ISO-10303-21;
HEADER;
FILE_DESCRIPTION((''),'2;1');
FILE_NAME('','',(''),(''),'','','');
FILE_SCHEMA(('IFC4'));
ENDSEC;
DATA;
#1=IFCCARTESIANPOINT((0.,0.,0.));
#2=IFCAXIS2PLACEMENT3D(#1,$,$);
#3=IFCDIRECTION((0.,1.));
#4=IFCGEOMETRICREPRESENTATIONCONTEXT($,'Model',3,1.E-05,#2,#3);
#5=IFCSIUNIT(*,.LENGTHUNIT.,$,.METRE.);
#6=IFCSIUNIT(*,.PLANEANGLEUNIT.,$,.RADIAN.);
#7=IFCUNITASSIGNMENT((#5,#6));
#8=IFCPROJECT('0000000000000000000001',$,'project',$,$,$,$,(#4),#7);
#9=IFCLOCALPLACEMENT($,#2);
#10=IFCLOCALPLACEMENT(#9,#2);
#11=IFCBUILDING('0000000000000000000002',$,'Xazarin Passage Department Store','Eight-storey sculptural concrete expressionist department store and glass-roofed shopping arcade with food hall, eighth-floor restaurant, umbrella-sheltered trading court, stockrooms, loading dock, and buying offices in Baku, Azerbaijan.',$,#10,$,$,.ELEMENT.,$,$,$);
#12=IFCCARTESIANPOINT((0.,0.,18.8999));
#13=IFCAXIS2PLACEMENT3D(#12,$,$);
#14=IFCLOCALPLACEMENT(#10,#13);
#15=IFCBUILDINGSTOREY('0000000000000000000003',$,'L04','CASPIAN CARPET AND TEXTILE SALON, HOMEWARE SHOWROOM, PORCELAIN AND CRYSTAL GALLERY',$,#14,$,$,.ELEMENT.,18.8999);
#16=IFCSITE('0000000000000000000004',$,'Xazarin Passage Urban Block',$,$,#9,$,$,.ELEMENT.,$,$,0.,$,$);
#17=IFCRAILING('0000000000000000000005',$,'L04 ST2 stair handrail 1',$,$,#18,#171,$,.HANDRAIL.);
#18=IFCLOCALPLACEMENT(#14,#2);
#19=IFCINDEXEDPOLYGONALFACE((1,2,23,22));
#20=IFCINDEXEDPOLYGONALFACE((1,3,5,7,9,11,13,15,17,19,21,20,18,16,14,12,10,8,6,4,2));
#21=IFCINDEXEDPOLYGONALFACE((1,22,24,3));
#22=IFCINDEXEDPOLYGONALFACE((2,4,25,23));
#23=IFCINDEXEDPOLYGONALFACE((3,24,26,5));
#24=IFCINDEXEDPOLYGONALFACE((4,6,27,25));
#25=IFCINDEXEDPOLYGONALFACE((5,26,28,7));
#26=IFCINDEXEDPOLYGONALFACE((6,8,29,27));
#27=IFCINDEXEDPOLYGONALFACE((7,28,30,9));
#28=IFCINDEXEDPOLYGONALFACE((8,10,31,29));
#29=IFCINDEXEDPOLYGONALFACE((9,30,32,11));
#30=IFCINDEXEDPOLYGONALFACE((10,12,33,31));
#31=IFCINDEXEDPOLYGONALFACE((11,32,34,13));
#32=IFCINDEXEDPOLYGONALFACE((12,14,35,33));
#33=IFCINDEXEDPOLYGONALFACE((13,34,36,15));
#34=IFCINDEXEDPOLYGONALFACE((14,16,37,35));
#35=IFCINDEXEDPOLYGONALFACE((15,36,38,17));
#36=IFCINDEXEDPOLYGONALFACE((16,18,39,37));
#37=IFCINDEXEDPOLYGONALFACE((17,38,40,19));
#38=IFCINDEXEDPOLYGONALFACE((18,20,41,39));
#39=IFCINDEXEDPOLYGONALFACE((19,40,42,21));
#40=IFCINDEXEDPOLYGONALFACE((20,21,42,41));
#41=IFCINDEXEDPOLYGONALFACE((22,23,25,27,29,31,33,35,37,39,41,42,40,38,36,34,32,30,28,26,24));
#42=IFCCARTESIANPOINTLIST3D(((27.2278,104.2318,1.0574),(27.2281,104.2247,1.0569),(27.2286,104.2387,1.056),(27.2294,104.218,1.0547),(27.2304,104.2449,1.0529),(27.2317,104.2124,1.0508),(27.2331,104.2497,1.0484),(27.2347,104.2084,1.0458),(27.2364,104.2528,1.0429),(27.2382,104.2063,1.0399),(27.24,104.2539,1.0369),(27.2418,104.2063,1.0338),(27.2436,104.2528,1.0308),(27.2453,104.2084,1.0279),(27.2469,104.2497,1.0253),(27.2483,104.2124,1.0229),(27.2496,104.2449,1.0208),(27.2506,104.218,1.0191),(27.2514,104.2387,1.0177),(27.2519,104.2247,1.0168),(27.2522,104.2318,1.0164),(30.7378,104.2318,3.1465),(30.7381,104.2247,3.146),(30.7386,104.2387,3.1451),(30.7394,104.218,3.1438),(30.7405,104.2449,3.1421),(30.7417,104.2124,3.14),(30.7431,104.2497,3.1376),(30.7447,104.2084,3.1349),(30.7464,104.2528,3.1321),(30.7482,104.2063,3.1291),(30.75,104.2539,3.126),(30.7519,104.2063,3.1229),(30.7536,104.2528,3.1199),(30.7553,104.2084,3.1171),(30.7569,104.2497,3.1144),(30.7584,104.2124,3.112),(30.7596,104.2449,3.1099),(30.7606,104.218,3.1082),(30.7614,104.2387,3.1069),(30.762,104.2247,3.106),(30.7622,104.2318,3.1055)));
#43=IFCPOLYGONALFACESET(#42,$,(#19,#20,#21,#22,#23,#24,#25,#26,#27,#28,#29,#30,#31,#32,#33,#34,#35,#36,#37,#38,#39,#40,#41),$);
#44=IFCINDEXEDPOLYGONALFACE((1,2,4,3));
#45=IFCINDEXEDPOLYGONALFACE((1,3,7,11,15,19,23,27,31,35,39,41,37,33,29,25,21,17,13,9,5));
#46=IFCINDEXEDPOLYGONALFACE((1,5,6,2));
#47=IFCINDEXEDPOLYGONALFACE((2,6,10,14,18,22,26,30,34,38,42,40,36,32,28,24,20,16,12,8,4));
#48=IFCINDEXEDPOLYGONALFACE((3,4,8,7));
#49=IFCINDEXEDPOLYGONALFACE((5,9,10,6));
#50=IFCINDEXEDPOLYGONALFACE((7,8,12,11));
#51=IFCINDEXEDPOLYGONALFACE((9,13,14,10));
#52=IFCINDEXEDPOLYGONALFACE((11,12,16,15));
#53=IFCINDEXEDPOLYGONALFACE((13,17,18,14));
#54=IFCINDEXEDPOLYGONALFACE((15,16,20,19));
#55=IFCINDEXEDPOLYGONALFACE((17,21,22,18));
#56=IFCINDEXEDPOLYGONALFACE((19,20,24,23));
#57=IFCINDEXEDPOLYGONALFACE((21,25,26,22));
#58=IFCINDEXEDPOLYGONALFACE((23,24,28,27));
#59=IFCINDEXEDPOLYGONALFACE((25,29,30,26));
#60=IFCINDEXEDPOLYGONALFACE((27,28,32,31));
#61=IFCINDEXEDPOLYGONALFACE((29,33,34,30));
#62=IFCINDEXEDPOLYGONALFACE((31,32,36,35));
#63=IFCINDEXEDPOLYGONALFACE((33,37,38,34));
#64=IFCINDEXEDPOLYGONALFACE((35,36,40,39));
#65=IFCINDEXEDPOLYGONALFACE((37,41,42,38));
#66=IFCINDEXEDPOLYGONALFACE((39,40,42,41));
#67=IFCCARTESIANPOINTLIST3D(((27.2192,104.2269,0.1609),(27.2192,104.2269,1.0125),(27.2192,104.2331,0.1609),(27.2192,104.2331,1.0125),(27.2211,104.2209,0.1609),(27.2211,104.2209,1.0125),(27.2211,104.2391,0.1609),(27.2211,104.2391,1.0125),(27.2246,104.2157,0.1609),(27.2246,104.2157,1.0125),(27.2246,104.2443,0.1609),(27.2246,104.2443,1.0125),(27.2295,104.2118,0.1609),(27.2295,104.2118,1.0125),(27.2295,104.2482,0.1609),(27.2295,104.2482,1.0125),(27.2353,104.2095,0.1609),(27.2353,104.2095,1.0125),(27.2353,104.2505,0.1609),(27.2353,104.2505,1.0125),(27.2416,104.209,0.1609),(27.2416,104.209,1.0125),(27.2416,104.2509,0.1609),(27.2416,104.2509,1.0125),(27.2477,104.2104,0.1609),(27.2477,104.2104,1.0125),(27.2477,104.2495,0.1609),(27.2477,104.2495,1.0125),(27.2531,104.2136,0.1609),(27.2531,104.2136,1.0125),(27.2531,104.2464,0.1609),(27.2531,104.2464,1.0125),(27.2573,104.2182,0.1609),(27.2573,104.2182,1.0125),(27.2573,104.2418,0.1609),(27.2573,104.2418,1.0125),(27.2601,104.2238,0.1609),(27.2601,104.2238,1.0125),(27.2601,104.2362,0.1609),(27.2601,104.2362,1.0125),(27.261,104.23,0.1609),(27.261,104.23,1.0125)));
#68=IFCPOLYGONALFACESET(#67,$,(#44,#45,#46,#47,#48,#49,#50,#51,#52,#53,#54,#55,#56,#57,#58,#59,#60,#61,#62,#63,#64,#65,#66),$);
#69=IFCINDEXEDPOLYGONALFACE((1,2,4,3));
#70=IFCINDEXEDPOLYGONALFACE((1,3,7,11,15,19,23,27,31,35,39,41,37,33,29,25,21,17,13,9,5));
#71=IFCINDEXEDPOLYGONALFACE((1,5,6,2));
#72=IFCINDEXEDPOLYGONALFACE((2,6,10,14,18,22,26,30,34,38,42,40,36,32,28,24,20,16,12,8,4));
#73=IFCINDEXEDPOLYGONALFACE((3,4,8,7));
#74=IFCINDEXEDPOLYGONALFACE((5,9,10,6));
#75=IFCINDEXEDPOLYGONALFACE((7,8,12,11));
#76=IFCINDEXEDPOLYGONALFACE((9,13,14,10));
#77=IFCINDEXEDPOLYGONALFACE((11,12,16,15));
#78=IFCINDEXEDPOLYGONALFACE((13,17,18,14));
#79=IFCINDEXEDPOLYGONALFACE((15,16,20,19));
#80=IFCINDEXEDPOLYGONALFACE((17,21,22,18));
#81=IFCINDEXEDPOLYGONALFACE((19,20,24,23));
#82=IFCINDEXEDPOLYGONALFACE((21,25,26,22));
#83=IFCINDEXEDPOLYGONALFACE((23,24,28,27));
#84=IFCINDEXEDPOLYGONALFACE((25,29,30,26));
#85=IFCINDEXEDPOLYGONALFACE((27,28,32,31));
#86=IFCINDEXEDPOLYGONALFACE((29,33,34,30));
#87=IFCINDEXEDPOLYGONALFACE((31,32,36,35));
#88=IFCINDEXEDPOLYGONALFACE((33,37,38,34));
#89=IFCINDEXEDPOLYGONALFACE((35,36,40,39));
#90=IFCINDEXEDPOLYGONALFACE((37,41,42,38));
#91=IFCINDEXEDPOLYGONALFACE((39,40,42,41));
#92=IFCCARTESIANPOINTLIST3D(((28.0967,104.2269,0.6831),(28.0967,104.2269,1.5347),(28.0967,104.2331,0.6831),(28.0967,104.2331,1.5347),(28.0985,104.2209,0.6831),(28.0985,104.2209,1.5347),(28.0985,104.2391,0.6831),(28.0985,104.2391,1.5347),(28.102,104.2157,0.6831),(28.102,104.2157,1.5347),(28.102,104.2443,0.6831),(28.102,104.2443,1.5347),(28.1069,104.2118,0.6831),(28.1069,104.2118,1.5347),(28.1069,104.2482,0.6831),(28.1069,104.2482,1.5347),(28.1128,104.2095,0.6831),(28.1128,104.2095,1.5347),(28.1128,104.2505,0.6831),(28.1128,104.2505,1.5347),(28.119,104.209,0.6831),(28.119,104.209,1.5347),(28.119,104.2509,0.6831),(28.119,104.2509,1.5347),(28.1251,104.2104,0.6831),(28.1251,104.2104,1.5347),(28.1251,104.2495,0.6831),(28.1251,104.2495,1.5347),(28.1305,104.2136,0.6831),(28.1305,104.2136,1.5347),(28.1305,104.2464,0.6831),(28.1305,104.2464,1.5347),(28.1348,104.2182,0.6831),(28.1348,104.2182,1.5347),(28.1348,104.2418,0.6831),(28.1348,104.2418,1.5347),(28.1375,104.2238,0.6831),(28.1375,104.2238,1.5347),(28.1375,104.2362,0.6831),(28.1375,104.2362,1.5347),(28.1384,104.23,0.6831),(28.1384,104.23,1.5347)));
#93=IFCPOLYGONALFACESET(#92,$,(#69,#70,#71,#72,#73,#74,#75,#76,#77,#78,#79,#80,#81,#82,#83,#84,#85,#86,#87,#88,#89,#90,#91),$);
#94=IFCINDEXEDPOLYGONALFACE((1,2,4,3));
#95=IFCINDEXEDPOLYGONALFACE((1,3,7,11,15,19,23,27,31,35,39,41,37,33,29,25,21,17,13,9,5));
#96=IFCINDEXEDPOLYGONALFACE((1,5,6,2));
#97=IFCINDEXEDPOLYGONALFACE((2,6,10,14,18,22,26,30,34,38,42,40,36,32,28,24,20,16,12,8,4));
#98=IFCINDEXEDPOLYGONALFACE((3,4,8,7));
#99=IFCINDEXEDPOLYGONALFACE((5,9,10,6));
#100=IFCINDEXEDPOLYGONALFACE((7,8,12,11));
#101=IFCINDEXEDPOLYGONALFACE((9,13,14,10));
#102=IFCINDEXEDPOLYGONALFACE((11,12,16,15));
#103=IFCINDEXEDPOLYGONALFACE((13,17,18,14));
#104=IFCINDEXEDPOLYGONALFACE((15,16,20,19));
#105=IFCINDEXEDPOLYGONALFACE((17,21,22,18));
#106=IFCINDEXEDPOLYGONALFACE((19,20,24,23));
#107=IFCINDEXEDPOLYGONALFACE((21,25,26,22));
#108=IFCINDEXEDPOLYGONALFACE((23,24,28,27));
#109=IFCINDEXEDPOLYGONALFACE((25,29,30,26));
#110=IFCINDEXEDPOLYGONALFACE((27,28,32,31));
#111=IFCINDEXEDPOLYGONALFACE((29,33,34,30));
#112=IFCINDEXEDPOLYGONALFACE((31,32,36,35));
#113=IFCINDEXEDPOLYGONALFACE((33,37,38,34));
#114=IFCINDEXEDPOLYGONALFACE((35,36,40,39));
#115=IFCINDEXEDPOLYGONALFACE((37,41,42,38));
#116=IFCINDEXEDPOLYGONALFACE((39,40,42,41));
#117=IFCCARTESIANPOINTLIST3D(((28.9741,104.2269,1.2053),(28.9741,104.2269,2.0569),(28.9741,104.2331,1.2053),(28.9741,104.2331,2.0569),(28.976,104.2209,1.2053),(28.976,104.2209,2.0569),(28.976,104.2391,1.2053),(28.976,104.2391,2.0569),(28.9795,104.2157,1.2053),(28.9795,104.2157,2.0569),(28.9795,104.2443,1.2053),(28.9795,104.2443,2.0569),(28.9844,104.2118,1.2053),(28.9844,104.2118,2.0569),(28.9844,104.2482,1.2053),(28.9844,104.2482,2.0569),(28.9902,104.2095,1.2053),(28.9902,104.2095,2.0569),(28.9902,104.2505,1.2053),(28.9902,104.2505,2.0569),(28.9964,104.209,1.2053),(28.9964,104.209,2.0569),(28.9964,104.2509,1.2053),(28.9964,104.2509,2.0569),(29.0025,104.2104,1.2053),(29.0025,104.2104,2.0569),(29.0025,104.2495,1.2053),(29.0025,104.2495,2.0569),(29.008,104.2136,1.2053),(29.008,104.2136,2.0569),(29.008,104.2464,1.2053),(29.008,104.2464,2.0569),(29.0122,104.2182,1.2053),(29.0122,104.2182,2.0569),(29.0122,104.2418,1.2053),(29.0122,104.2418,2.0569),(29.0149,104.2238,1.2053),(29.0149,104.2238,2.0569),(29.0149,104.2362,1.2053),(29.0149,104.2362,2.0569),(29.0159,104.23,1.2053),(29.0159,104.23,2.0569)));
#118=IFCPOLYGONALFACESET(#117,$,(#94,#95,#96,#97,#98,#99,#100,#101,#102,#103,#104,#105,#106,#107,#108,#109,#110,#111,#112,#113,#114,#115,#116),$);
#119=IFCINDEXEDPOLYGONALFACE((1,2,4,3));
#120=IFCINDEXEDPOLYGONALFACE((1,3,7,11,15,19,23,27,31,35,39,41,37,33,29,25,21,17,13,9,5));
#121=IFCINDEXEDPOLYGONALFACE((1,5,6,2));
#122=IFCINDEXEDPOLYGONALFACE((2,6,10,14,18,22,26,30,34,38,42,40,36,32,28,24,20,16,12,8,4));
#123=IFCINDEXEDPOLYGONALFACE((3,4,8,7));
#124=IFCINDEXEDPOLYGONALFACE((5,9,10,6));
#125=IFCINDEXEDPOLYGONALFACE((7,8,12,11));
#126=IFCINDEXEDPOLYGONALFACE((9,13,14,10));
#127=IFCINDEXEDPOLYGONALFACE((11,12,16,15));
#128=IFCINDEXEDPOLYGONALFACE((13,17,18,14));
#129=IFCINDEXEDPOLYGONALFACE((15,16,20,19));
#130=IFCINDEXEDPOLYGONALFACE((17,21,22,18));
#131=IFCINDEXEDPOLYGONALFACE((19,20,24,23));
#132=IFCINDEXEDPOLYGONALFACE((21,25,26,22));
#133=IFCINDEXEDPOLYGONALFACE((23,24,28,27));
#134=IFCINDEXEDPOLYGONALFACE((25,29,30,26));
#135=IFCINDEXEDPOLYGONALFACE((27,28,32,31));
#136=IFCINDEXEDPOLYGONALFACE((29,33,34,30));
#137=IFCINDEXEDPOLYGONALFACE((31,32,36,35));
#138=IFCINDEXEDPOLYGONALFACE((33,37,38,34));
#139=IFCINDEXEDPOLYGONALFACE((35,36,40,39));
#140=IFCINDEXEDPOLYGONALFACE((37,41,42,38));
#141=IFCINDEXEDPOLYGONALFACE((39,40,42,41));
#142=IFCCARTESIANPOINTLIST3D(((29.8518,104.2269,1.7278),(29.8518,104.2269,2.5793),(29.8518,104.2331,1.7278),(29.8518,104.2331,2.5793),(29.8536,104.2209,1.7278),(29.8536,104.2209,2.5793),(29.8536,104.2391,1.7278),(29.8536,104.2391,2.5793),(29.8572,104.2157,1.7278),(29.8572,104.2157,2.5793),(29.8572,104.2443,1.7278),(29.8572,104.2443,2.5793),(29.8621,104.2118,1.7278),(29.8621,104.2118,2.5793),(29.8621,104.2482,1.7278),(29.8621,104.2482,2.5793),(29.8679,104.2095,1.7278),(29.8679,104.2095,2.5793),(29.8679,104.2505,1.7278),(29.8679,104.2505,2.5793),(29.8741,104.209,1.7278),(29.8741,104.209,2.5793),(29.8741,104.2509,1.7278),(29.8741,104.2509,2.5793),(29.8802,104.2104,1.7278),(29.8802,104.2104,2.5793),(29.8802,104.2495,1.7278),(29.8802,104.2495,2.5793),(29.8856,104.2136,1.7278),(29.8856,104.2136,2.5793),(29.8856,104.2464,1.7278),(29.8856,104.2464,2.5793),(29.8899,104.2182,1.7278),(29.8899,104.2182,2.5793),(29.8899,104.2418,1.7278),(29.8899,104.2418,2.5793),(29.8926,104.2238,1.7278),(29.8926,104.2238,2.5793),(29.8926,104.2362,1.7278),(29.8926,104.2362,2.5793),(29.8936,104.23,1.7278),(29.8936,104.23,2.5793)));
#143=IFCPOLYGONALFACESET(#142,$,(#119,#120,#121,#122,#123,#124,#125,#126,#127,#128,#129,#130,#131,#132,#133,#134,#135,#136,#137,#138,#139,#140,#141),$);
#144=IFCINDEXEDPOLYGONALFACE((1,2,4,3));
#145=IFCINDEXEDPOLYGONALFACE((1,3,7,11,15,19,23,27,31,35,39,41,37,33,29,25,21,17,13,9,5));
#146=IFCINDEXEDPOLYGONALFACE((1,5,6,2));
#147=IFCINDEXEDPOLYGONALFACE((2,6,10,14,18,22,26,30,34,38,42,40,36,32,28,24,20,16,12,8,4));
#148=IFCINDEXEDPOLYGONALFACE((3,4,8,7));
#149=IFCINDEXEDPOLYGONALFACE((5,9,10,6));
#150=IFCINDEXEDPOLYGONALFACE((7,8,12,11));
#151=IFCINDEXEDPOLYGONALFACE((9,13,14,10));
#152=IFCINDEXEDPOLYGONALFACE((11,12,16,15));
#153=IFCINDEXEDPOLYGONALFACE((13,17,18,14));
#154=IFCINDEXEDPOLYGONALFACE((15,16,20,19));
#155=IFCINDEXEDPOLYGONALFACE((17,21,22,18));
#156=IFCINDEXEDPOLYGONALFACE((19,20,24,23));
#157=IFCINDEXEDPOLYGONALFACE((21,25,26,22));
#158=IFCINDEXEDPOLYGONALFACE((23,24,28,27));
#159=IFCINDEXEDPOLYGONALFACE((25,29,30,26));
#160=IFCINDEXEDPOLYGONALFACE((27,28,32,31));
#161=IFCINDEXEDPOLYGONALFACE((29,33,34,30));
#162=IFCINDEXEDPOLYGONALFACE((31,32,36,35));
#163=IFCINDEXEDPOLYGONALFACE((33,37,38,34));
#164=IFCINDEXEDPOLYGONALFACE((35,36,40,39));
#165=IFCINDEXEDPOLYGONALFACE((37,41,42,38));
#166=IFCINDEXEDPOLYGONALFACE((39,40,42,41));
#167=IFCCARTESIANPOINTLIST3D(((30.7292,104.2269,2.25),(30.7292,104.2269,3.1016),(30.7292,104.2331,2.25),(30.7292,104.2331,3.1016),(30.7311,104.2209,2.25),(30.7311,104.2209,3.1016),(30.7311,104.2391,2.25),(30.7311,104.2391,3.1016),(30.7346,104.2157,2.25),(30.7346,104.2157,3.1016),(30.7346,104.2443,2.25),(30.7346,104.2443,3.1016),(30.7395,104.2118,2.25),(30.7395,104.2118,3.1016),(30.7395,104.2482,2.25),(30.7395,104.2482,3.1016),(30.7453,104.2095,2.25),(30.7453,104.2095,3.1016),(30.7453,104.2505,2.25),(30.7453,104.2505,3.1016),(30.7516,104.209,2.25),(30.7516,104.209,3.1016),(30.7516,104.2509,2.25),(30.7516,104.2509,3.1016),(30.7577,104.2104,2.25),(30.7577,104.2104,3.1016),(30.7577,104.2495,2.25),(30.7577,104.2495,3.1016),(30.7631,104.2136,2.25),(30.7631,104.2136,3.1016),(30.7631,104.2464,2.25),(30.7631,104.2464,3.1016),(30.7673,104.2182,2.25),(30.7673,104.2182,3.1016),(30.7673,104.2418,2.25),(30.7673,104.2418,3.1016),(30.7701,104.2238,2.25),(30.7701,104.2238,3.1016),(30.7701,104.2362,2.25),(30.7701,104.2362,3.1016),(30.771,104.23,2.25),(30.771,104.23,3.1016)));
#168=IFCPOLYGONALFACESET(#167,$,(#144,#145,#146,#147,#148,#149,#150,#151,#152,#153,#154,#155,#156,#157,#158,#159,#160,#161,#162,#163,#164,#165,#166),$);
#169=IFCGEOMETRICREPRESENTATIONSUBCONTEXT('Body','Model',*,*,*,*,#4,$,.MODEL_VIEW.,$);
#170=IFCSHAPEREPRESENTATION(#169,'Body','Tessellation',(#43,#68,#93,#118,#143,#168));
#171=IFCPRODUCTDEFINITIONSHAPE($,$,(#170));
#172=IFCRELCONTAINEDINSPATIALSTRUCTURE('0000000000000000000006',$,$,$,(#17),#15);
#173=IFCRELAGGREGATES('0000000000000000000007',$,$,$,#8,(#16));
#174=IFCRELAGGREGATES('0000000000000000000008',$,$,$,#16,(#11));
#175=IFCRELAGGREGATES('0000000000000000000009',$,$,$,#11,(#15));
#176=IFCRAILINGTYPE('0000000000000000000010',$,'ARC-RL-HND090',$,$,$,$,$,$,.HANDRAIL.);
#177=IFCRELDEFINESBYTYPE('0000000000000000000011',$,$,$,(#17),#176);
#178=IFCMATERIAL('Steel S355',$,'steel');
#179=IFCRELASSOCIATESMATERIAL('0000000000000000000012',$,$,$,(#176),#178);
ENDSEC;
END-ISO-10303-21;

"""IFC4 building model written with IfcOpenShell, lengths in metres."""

from ifc_helpers import new_model, si_unit, direction, frame, origin, origin_2d, place, context, subcontext, project, spatial, circle, extrude, material, type_object, element, save


model = new_model("IFC4")

# Units and contexts
model_context = context("Model", 3, precision=1e-05, world=origin(), true_north=direction((0.0, 1.0)))
body_context = subcontext(model_context, "Body", "Model", "MODEL_VIEW")
ifc_project = project(units=[si_unit("LENGTHUNIT", "METRE"), si_unit("PLANEANGLEUNIT", "RADIAN")], contexts=[model_context])

# Site, building, storey
site_placement = place(None, origin())
site = spatial("IfcSite", under=ifc_project, at=site_placement, Name="Xazarin Passage Urban Block", CompositionType="ELEMENT", RefElevation=0.0)
building_placement = place(site_placement, origin())
building = spatial("IfcBuilding", under=site, at=building_placement, Name="Xazarin Passage Department Store", Description="Eight-storey sculptural concrete expressionist department store and glass-roofed shopping arcade with food hall, eighth-floor restaurant, umbrella-sheltered trading court, stockrooms, loading dock, and buying offices in Baku, Azerbaijan.", CompositionType="ELEMENT")
storey_placement = place(building_placement, frame((0.0, 0.0, 18.8999)))
storey = spatial("IfcBuildingStorey", under=building, at=storey_placement, Name="L04", Description="CASPIAN CARPET AND TEXTILE SALON, HOMEWARE SHOWROOM, PORCELAIN AND CRYSTAL GALLERY", CompositionType="ELEMENT", Elevation=18.8999)

# Shared definitions
ifc_material_1 = material(Name="Steel S355", Category="steel")

# Railing
railing_type_1 = type_object("IfcRailingType", Name="ARC-RL-HND090", PredefinedType="HANDRAIL", material=ifc_material_1)
railing_1_placement = place(storey_placement, frame((27.24, 104.23, 0.1609)))
element("IfcRailing", 1, at=railing_1_placement, inside=storey, type_object=railing_type_1, Name="L04 ST2 stair handrail 1", PredefinedType="HANDRAIL", context=body_context, shape_type="SweptSolid", body=[
    extrude(circle(Radius=0.0239, at=origin_2d()), frame((0.0, 0.0, 0.876), z_axis=(0.859312, 0.0, 0.511451), x_axis=(0.0, 1.0, 0.0)), (0.0, 0.0, 1.0), 4.0847),
    extrude(circle(Radius=0.021, at=origin_2d()), origin(), (0.0, 0.0, 1.0), 0.8516),
    extrude(circle(Radius=0.021, at=origin_2d()), frame((0.8774, 0.0, 0.5222)), (0.0, 0.0, 1.0), 0.8516),
    extrude(circle(Radius=0.021, at=origin_2d()), frame((1.7549, 0.0, 1.0444)), (0.0, 0.0, 1.0), 0.8516),
    extrude(circle(Radius=0.021, at=origin_2d()), frame((2.6326, 0.0, 1.5669)), (0.0, 0.0, 1.0), 0.8516),
    extrude(circle(Radius=0.021, at=origin_2d()), frame((3.51, 0.0, 2.0891)), (0.0, 0.0, 1.0), 0.8516),
])

save(model, "model.ifc")
